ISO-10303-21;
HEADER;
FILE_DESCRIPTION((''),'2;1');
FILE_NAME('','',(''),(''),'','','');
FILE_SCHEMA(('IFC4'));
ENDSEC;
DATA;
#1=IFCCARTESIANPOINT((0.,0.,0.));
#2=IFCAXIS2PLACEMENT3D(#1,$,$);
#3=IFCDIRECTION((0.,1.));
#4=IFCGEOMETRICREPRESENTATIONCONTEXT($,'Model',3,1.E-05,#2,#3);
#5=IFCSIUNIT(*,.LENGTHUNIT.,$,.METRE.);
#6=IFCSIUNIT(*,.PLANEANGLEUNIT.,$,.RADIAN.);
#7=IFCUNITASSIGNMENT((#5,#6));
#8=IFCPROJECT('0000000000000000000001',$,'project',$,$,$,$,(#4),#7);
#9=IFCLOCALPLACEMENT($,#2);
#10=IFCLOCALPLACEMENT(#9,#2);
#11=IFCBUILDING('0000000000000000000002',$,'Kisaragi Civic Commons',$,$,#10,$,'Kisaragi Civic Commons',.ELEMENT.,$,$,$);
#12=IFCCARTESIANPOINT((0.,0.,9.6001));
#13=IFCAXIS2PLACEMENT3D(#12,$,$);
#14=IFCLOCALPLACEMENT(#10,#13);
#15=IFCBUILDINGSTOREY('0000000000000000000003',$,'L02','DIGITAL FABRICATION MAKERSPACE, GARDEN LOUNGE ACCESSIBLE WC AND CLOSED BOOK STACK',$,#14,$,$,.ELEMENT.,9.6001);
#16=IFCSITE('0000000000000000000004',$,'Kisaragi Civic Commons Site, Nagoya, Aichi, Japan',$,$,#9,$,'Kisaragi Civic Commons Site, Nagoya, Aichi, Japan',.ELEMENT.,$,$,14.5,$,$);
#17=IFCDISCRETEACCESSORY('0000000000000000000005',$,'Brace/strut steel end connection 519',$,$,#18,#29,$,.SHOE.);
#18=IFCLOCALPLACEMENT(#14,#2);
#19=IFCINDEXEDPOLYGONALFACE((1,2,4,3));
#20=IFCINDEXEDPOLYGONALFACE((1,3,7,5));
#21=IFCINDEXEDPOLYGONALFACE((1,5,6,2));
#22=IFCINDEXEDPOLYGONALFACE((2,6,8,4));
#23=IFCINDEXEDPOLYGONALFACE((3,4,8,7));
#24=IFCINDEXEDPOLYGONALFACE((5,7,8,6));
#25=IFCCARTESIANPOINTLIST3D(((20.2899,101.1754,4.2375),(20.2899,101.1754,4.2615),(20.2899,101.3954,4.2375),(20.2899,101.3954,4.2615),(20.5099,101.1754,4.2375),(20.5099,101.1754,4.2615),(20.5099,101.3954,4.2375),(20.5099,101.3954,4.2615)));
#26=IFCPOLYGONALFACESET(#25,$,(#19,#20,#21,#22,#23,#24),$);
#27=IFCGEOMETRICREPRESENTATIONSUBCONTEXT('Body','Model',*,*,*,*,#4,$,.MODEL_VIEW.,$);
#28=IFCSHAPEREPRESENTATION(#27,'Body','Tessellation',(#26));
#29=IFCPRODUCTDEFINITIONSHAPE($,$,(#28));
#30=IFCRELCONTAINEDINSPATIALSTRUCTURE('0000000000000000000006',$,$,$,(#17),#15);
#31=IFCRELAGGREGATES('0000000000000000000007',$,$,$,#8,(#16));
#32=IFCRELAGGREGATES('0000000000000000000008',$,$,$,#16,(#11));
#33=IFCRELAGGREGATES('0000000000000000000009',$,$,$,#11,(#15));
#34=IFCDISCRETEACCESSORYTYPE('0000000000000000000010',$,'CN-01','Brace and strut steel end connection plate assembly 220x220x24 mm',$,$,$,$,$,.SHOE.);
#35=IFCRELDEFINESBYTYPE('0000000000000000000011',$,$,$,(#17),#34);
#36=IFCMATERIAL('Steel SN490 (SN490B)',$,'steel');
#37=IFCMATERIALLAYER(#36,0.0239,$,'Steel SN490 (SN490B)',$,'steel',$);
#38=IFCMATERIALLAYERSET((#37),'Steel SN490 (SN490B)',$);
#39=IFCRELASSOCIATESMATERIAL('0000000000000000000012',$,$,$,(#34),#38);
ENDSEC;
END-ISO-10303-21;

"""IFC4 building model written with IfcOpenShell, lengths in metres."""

from ifc_helpers import new_model, si_unit, direction, frame, origin, origin_2d, place, context, subcontext, project, spatial, rectangle, extrude, material, layer, layer_set, type_object, element, save


model = new_model("IFC4")

# Units and contexts
model_context = context("Model", 3, precision=1e-05, world=origin(), true_north=direction((0.0, 1.0)))
body_context = subcontext(model_context, "Body", "Model", "MODEL_VIEW")
ifc_project = project(units=[si_unit("LENGTHUNIT", "METRE"), si_unit("PLANEANGLEUNIT", "RADIAN")], contexts=[model_context])

# Site, building, storey
site_placement = place(None, origin())
site = spatial("IfcSite", under=ifc_project, at=site_placement, Name="Kisaragi Civic Commons Site, Nagoya, Aichi, Japan", LongName="Kisaragi Civic Commons Site, Nagoya, Aichi, Japan", CompositionType="ELEMENT", RefElevation=14.5)
building_placement = place(site_placement, origin())
building = spatial("IfcBuilding", under=site, at=building_placement, Name="Kisaragi Civic Commons", LongName="Kisaragi Civic Commons", CompositionType="ELEMENT")
storey_placement = place(building_placement, frame((0.0, 0.0, 9.6001)))
storey = spatial("IfcBuildingStorey", under=building, at=storey_placement, Name="L02", Description="DIGITAL FABRICATION MAKERSPACE, GARDEN LOUNGE ACCESSIBLE WC AND CLOSED BOOK STACK", CompositionType="ELEMENT", Elevation=9.6001)

# Shared definitions
ifc_material_1 = material(Name="Steel SN490 (SN490B)", Category="steel")

# Discrete accessory
ifc_layer_1 = layer(ifc_material_1, 0.0239, Name="Steel SN490 (SN490B)", Category="steel")
ifc_layer_set_1 = layer_set([ifc_layer_1], Name="Steel SN490 (SN490B)")
discrete_accessory_type = type_object("IfcDiscreteAccessoryType", Name="CN-01", Description="Brace and strut steel end connection plate assembly 220x220x24 mm", PredefinedType="SHOE", material=ifc_layer_set_1)
for number, where, z_axis, x_axis, name in (
    (1, (20.3999, 101.2854, 4.2375), (0.0, 0.0, 1.0), (1.0, 0.0, 0.0), "Brace/strut steel end connection 519"),
):
    element("IfcDiscreteAccessory", number, at=place(storey_placement, frame(where, z_axis=z_axis, x_axis=x_axis)), inside=storey, type_object=discrete_accessory_type, Name=name, PredefinedType="SHOE", context=body_context, shape_type="SweptSolid", body=[
        extrude(rectangle(XDim=0.22, YDim=0.22, at=origin_2d()), origin(), (0.0, 0.0, 1.0), 0.0239),
    ])

save(model, "model.ifc")
